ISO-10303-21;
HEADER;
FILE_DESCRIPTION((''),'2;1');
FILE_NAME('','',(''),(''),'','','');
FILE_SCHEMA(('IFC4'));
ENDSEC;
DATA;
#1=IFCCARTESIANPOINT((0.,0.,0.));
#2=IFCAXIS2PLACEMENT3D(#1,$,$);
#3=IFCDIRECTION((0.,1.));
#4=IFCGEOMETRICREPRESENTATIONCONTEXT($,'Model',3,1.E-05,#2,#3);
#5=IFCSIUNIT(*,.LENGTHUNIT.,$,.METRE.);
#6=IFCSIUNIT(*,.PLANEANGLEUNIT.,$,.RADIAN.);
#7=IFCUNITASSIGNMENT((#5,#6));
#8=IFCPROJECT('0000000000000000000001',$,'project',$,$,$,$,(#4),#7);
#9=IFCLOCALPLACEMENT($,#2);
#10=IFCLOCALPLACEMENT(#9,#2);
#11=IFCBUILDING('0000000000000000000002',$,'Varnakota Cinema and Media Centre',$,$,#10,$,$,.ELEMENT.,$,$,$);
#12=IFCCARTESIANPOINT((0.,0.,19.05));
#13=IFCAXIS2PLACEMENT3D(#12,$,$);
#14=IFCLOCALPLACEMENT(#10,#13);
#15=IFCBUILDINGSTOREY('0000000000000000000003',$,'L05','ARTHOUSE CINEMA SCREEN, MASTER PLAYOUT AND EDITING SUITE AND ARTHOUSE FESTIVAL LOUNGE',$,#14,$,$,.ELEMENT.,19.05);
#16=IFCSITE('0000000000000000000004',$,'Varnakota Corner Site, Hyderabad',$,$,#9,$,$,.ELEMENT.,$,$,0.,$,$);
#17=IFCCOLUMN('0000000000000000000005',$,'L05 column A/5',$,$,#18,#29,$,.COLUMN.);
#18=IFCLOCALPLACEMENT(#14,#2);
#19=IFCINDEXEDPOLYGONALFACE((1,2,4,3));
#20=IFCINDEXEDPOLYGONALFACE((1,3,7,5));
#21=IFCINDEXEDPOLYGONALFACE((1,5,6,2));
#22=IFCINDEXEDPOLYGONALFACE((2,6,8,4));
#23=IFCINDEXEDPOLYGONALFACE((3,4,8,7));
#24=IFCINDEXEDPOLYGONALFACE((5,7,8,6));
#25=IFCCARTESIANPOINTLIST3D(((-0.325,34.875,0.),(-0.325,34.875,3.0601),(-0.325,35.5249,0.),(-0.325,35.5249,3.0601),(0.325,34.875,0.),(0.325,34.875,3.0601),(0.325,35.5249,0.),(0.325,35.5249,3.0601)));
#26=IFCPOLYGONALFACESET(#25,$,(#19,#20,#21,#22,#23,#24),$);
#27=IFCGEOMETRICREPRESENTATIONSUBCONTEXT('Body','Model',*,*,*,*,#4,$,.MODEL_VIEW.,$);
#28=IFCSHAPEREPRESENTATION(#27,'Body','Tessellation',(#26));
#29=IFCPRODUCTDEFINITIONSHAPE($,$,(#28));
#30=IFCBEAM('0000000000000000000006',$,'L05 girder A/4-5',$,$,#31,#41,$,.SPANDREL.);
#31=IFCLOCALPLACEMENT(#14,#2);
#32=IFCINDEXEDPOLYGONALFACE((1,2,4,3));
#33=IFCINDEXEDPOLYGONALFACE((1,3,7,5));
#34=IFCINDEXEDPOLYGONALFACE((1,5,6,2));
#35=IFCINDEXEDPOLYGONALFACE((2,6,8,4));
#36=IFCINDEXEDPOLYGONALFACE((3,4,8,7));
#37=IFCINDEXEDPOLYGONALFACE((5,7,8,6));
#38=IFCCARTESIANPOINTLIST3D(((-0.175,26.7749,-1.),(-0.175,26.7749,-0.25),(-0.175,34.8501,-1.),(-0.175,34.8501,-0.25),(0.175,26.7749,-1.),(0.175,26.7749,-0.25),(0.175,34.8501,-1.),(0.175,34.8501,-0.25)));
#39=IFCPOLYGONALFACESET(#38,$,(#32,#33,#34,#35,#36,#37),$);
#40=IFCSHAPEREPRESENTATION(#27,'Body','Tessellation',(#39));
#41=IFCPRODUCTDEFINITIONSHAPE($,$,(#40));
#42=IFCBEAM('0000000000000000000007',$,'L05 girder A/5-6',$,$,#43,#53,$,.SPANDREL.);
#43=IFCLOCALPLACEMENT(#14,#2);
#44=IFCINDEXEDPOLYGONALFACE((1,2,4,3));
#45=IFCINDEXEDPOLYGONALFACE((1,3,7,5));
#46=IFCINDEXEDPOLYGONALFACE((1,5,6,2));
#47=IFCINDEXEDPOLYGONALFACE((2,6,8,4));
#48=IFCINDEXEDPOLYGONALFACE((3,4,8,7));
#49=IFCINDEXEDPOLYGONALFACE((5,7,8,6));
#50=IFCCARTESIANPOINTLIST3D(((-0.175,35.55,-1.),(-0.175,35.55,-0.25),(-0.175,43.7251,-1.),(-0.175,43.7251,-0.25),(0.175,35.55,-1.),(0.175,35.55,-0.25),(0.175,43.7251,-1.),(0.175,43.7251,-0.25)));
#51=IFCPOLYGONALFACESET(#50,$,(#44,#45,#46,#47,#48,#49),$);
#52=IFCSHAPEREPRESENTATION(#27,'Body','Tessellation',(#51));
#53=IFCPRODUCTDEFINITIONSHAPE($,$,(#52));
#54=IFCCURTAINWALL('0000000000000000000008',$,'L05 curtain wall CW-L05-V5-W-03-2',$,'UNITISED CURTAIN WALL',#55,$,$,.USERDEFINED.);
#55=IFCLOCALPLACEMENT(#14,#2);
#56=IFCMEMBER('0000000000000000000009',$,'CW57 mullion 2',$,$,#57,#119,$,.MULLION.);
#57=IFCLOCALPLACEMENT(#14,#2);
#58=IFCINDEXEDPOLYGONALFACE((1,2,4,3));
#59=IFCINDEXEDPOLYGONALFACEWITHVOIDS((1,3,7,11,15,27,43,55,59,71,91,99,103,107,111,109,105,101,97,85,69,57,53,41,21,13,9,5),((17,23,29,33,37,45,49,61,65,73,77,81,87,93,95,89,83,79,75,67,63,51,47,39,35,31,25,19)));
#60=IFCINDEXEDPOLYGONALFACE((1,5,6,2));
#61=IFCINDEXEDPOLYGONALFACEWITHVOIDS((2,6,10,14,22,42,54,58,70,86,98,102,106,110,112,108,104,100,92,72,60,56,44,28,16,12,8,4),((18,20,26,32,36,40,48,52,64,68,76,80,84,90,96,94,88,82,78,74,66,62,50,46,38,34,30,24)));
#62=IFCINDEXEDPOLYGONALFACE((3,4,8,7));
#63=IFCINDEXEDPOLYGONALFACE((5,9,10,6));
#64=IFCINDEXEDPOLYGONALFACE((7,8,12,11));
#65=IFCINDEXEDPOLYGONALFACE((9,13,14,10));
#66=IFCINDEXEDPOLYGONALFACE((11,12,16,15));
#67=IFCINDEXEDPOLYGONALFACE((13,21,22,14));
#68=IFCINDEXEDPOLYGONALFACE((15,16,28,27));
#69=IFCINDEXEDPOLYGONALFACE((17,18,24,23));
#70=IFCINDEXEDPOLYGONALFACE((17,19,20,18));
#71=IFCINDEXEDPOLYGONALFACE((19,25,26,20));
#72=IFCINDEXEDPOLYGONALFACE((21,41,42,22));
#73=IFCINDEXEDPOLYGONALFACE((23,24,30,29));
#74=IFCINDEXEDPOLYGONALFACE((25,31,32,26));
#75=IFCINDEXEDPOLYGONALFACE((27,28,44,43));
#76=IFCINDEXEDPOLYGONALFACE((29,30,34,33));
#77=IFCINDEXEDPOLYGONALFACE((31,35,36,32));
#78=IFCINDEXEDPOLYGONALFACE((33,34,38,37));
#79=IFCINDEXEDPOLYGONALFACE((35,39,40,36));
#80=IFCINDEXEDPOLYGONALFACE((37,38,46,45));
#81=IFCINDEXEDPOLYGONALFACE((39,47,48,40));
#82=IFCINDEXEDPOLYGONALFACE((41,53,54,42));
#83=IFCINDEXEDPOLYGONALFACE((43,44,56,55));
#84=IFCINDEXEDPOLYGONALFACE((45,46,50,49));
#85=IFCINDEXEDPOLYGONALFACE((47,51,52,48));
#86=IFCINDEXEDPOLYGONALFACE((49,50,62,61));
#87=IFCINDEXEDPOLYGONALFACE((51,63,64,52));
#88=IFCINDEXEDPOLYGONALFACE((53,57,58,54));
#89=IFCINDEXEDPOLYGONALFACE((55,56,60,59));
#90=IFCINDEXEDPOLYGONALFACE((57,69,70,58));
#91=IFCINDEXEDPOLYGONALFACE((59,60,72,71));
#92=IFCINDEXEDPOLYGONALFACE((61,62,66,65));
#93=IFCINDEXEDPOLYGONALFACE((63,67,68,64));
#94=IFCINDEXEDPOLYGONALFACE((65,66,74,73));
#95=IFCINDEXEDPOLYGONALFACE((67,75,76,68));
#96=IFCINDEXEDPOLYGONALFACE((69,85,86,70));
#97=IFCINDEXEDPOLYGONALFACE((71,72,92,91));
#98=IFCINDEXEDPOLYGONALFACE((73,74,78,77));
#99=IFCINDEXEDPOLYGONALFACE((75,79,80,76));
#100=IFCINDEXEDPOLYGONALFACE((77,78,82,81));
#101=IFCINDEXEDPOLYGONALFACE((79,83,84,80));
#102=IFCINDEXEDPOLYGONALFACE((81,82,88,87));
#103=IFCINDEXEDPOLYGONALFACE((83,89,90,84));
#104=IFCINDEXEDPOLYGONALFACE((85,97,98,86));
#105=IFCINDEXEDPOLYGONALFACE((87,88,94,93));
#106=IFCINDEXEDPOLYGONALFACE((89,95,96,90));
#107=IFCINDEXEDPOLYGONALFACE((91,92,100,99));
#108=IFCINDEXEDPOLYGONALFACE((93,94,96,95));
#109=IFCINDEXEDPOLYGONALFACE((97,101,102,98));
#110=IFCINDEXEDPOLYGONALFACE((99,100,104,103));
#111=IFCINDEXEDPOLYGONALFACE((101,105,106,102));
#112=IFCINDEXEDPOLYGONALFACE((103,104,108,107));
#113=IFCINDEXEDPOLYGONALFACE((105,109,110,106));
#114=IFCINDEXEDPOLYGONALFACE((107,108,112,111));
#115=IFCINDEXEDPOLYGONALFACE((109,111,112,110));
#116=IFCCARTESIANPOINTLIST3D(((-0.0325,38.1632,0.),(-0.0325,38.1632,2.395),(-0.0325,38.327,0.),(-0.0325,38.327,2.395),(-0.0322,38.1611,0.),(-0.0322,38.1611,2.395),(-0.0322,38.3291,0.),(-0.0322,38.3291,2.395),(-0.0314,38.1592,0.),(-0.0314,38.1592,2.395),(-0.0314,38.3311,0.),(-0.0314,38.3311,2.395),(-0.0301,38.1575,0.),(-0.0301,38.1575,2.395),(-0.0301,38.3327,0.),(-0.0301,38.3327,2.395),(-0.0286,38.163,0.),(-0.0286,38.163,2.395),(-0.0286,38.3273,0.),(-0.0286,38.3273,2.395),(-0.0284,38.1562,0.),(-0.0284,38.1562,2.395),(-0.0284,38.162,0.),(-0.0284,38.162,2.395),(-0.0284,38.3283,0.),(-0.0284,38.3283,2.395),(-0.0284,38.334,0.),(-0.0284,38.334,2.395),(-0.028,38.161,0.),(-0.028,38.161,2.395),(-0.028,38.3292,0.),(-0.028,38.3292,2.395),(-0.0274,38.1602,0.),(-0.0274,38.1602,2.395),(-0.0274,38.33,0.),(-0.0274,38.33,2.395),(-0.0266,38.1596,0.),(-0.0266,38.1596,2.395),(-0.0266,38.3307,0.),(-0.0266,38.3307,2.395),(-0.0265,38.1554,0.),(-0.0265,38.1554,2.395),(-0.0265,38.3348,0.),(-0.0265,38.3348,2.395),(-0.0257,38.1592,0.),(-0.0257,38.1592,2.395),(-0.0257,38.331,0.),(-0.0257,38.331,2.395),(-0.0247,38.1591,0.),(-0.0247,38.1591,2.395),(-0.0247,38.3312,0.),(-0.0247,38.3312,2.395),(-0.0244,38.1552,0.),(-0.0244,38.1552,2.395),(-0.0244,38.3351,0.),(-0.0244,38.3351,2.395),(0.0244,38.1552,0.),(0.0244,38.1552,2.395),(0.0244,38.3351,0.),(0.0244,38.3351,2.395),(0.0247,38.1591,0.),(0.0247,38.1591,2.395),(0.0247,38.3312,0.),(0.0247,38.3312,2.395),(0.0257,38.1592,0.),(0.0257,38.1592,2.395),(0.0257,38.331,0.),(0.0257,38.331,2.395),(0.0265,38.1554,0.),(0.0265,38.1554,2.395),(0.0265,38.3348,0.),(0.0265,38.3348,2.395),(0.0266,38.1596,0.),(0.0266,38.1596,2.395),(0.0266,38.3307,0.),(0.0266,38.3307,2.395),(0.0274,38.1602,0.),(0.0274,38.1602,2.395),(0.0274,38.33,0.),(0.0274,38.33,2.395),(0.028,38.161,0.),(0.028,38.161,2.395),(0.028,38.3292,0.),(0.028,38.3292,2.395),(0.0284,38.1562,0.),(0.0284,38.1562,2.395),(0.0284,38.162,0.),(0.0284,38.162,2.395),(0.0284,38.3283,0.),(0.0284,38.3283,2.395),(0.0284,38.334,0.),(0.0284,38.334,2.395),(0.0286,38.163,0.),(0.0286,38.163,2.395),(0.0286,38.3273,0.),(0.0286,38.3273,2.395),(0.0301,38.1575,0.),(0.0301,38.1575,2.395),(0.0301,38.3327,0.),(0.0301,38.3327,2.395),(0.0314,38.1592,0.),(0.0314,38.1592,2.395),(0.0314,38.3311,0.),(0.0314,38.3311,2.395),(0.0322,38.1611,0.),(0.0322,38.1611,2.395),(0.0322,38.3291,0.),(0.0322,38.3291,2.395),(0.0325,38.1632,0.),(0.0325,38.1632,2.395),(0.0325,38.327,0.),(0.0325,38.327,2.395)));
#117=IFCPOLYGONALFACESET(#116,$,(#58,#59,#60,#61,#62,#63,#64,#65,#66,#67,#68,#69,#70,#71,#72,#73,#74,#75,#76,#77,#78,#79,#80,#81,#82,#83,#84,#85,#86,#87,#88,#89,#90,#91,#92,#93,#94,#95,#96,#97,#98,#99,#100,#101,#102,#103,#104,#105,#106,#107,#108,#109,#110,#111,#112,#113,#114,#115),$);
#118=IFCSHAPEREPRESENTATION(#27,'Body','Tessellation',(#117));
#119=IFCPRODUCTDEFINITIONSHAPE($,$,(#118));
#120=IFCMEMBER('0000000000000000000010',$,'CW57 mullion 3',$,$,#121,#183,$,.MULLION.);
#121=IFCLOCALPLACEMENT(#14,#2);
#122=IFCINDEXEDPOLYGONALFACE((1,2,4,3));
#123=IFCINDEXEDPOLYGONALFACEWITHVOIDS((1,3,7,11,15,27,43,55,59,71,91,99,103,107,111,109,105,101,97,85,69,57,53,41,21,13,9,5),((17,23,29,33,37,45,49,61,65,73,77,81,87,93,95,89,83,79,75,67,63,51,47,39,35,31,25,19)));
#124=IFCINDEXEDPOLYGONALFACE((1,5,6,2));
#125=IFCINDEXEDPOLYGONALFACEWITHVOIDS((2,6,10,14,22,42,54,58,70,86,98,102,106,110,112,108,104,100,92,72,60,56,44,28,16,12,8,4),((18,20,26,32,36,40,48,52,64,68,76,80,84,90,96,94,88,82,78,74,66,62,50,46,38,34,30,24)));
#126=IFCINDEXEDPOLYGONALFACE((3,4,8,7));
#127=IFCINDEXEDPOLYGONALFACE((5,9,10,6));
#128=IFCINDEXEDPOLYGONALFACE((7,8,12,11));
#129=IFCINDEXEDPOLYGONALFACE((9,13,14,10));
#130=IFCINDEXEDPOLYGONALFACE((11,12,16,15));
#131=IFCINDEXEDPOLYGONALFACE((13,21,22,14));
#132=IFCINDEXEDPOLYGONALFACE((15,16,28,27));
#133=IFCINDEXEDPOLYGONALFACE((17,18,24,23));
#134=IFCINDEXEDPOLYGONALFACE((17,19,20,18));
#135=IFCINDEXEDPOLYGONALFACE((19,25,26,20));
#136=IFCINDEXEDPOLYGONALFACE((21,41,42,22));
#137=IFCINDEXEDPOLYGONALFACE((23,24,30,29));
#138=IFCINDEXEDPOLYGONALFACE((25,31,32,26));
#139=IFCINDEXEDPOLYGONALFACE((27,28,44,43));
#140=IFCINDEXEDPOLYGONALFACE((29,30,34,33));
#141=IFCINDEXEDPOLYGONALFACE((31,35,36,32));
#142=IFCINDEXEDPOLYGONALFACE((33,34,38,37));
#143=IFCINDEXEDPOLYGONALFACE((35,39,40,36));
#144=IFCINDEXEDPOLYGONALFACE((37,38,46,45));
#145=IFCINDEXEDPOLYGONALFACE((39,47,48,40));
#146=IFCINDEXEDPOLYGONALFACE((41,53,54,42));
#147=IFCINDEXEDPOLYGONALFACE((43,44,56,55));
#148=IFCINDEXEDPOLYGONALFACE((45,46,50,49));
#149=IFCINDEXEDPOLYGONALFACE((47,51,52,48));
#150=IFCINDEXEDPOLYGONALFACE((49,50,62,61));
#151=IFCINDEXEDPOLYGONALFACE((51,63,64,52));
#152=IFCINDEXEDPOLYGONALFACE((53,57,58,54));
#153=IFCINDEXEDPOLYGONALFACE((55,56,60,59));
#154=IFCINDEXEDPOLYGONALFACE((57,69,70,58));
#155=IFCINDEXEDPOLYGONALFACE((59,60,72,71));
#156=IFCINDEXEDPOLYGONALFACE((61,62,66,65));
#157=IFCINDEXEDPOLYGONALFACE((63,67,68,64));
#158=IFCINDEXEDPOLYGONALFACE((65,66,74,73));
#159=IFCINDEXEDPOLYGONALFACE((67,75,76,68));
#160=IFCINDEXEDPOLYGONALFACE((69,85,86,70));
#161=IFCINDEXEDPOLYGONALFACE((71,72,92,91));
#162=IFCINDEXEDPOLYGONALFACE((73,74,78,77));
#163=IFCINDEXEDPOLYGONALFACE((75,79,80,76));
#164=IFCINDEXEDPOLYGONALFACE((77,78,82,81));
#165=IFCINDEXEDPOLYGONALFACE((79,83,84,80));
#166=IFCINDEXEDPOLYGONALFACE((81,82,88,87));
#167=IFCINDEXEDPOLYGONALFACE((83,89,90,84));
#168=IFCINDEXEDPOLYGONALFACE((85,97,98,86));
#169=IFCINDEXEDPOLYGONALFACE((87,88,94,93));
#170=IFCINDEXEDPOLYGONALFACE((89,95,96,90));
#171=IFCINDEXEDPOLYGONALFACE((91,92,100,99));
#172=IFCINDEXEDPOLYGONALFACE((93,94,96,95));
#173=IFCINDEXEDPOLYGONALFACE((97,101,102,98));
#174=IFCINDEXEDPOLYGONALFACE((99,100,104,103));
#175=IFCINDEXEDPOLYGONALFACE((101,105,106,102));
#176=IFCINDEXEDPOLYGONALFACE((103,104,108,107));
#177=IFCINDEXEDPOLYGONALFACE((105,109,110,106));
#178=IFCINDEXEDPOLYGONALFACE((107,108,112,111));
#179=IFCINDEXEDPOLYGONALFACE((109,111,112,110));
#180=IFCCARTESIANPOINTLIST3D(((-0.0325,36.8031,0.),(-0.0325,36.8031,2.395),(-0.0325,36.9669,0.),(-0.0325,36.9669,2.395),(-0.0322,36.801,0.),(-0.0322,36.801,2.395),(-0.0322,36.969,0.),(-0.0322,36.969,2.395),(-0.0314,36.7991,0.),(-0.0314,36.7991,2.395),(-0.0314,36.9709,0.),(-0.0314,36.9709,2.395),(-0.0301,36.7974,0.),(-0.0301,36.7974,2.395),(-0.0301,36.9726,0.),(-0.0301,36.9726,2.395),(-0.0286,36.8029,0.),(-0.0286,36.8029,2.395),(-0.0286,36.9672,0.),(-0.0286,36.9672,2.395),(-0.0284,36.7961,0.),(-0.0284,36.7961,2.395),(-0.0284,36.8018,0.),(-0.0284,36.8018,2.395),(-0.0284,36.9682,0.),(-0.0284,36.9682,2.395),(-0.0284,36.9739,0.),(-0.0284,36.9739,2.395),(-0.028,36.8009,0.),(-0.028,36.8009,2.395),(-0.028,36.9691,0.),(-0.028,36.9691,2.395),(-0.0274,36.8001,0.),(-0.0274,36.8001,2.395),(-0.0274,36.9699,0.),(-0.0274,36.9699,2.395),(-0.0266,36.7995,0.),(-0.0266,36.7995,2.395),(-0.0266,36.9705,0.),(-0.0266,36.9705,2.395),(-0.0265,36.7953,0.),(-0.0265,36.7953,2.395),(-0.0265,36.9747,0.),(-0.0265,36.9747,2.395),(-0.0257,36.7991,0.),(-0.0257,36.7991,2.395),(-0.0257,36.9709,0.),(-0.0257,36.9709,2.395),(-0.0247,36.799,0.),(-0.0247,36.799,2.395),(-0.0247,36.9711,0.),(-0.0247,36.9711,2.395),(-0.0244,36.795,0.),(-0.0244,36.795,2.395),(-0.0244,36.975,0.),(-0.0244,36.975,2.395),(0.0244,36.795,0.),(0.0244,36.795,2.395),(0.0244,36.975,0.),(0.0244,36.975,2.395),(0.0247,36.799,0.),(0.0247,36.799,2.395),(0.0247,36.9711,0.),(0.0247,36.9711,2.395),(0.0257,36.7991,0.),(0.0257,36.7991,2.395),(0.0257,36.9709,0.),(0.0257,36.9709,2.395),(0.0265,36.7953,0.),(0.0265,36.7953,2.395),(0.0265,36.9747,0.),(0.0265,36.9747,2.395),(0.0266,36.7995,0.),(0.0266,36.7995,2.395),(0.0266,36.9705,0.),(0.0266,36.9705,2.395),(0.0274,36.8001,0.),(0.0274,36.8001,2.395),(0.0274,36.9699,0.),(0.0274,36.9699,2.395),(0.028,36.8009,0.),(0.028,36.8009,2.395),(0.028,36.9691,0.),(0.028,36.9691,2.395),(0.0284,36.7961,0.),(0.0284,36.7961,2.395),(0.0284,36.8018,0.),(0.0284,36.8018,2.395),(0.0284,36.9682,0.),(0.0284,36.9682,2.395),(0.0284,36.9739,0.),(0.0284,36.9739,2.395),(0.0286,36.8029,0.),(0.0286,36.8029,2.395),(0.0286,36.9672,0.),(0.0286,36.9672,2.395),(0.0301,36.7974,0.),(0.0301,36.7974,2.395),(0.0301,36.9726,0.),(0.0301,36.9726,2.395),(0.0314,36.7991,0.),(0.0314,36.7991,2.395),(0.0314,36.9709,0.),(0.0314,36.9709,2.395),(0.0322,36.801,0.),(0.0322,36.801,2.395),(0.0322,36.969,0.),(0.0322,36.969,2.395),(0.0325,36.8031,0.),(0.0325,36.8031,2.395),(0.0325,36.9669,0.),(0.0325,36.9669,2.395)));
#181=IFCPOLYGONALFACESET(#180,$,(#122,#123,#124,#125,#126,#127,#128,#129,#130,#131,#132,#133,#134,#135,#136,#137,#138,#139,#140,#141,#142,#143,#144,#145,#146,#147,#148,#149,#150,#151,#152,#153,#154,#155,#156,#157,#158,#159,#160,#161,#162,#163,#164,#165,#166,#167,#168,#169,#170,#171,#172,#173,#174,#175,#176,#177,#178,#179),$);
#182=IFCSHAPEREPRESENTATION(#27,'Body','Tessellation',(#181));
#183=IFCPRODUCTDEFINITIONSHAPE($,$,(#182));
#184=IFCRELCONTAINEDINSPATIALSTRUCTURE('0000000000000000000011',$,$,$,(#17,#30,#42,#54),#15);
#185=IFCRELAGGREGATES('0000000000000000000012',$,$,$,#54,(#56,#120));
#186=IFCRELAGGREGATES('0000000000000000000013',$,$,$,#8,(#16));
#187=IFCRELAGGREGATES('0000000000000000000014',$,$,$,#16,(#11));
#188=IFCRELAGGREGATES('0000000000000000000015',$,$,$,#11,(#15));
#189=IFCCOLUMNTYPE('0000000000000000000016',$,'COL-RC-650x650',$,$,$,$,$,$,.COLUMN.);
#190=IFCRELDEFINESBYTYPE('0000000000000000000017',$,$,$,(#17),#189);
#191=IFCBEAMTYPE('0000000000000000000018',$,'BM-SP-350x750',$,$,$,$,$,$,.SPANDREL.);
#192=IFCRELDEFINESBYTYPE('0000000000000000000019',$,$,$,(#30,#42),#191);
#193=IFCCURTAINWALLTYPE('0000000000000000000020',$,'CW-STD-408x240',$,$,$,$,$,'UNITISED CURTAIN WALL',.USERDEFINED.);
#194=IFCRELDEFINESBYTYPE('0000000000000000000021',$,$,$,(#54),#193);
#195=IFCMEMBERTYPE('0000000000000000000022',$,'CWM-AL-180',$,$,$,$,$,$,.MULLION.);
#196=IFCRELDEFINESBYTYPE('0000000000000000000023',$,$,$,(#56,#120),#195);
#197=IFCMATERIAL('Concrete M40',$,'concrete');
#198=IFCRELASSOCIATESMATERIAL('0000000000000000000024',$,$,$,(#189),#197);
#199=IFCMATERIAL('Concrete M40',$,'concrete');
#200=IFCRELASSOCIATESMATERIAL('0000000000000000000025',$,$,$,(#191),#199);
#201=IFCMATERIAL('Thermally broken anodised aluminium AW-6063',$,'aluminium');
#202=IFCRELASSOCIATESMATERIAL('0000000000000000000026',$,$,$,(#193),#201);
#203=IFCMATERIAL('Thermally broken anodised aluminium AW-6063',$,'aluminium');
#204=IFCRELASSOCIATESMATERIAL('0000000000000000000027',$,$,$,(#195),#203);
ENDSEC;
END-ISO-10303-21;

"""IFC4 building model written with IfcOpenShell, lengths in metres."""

from ifc_helpers import new_model, si_unit, direction, frame, origin, origin_2d, place, context, subcontext, project, spatial, rectangle, hollow_rectangle, extrude, material, material_profile, profile_set, type_object, element, aggregate, save


model = new_model("IFC4")

# Units and contexts
model_context = context("Model", 3, precision=1e-05, world=origin(), true_north=direction((0.0, 1.0)))
body_context = subcontext(model_context, "Body", "Model", "MODEL_VIEW")
ifc_project = project(units=[si_unit("LENGTHUNIT", "METRE"), si_unit("PLANEANGLEUNIT", "RADIAN")], contexts=[model_context])

# Site, building, storey
site_placement = place(None, origin())
site = spatial("IfcSite", under=ifc_project, at=site_placement, Name="Varnakota Corner Site, Hyderabad", CompositionType="ELEMENT", RefElevation=0.0)
building_placement = place(site_placement, origin())
building = spatial("IfcBuilding", under=site, at=building_placement, Name="Varnakota Cinema and Media Centre", CompositionType="ELEMENT")
storey_placement = place(building_placement, frame((0.0, 0.0, 19.05)))
storey = spatial("IfcBuildingStorey", under=building, at=storey_placement, Name="L05", Description="ARTHOUSE CINEMA SCREEN, MASTER PLAYOUT AND EDITING SUITE AND ARTHOUSE FESTIVAL LOUNGE", CompositionType="ELEMENT", Elevation=19.05)

# Column
ifc_material_1 = material(Name="Concrete M40", Category="concrete")
ifc_material_profile_1 = material_profile(ifc_material_1, rectangle(XDim=0.6499, YDim=0.6499, at=origin_2d()), Name="RC 650x650")
ifc_profile_set_1 = profile_set([ifc_material_profile_1], Name="Concrete M40")
column_type = type_object("IfcColumnType", Name="COL-RC-650x650", PredefinedType="COLUMN", material=ifc_profile_set_1)
column_placement = place(storey_placement, frame((0.0, 35.2, 0.0), z_axis=(0.0, 0.0, 1.0), x_axis=(1.0, 0.0, 0.0)))
element("IfcColumn", 1, at=column_placement, inside=storey, type_object=column_type, Name="L05 column A/5", PredefinedType="COLUMN", context=body_context, shape_type="SweptSolid", body=[
    extrude(rectangle(XDim=0.6499, YDim=0.6499, at=origin_2d()), origin(), (0.0, 0.0, 1.0), 3.0601),
])

# Beams
ifc_material_2 = material(Name="Concrete M40", Category="concrete")
ifc_material_profile_2 = material_profile(ifc_material_2, rectangle(XDim=0.3501, YDim=0.75, at=origin_2d()), Name="RCB 350x750")
ifc_profile_set_2 = profile_set([ifc_material_profile_2], Name="Concrete M40")
beam_type = type_object("IfcBeamType", Name="BM-SP-350x750", PredefinedType="SPANDREL", material=ifc_profile_set_2)
beam_1_placement = place(storey_placement, frame((0.0, 26.7749, -0.625), z_axis=(0.0, 1.0, 0.0), x_axis=(-1.0, 0.0, 0.0)))
element("IfcBeam", 2, at=beam_1_placement, inside=storey, type_object=beam_type, Name="L05 girder A/4-5", PredefinedType="SPANDREL", context=body_context, shape_type="SweptSolid", body=[
    extrude(rectangle(XDim=0.3501, YDim=0.75, at=origin_2d()), origin(), (0.0, 0.0, 1.0), 8.0752),
])
beam_2_placement = place(storey_placement, frame((0.0, 35.55, -0.625), z_axis=(0.0, 1.0, 0.0), x_axis=(-1.0, 0.0, 0.0)))
element("IfcBeam", 3, at=beam_2_placement, inside=storey, type_object=beam_type, Name="L05 girder A/5-6", PredefinedType="SPANDREL", context=body_context, shape_type="SweptSolid", body=[
    extrude(rectangle(XDim=0.3501, YDim=0.75, at=origin_2d()), origin(), (0.0, 0.0, 1.0), 8.175),
])

# Curtain wall, members
ifc_material_3 = material(Name="Thermally broken anodised aluminium AW-6063", Category="aluminium")
curtain_wall_type = type_object("IfcCurtainWallType", Name="CW-STD-408x240", ElementType="UNITISED CURTAIN WALL", PredefinedType="USERDEFINED", material=ifc_material_3)
curtain_wall_placement = place(storey_placement, origin())
curtain_wall = element("IfcCurtainWall", 4, at=curtain_wall_placement, inside=storey, type_object=curtain_wall_type, Name="L05 curtain wall CW-L05-V5-W-03-2", ObjectType="UNITISED CURTAIN WALL", PredefinedType="USERDEFINED")
ifc_material_4 = material(Name="Thermally broken anodised aluminium AW-6063", Category="aluminium")
ifc_material_profile_3 = material_profile(ifc_material_4, hollow_rectangle(XDim=0.0649, YDim=0.1799, WallThickness=0.0039, InnerFilletRadius=0.0039, OuterFilletRadius=0.0081, at=origin_2d()), Name="AL-MULLION 180x65x4")
ifc_profile_set_3 = profile_set([ifc_material_profile_3], Name="Thermally broken anodised aluminium AW-6063")
member_type_1 = type_object("IfcMemberType", Name="CWM-AL-180", PredefinedType="MULLION", material=ifc_profile_set_3)
member_1_placement = place(storey_placement, frame((0.0, 38.2451, 0.0), z_axis=(0.0, 0.0, 1.0), x_axis=(1.0, 0.0, 0.0)))
member_1 = element("IfcMember", 5, at=member_1_placement, type_object=member_type_1, Name="CW57 mullion 2", PredefinedType="MULLION", context=body_context, shape_type="SweptSolid", body=[
    extrude(hollow_rectangle(XDim=0.0649, YDim=0.1799, WallThickness=0.0039, InnerFilletRadius=0.0039, OuterFilletRadius=0.0081, at=origin_2d()), origin(), (0.0, 0.0, 1.0), 2.395),
])
member_2_placement = place(storey_placement, frame((0.0, 36.885, 0.0), z_axis=(0.0, 0.0, 1.0), x_axis=(1.0, 0.0, 0.0)))
member_2 = element("IfcMember", 6, at=member_2_placement, type_object=member_type_1, Name="CW57 mullion 3", PredefinedType="MULLION", context=body_context, shape_type="SweptSolid", body=[
    extrude(hollow_rectangle(XDim=0.0649, YDim=0.1799, WallThickness=0.0039, InnerFilletRadius=0.0039, OuterFilletRadius=0.0081, at=origin_2d()), origin(), (0.0, 0.0, 1.0), 2.395),
])
aggregate(curtain_wall, [member_1, member_2])

save(model, "model.ifc")
